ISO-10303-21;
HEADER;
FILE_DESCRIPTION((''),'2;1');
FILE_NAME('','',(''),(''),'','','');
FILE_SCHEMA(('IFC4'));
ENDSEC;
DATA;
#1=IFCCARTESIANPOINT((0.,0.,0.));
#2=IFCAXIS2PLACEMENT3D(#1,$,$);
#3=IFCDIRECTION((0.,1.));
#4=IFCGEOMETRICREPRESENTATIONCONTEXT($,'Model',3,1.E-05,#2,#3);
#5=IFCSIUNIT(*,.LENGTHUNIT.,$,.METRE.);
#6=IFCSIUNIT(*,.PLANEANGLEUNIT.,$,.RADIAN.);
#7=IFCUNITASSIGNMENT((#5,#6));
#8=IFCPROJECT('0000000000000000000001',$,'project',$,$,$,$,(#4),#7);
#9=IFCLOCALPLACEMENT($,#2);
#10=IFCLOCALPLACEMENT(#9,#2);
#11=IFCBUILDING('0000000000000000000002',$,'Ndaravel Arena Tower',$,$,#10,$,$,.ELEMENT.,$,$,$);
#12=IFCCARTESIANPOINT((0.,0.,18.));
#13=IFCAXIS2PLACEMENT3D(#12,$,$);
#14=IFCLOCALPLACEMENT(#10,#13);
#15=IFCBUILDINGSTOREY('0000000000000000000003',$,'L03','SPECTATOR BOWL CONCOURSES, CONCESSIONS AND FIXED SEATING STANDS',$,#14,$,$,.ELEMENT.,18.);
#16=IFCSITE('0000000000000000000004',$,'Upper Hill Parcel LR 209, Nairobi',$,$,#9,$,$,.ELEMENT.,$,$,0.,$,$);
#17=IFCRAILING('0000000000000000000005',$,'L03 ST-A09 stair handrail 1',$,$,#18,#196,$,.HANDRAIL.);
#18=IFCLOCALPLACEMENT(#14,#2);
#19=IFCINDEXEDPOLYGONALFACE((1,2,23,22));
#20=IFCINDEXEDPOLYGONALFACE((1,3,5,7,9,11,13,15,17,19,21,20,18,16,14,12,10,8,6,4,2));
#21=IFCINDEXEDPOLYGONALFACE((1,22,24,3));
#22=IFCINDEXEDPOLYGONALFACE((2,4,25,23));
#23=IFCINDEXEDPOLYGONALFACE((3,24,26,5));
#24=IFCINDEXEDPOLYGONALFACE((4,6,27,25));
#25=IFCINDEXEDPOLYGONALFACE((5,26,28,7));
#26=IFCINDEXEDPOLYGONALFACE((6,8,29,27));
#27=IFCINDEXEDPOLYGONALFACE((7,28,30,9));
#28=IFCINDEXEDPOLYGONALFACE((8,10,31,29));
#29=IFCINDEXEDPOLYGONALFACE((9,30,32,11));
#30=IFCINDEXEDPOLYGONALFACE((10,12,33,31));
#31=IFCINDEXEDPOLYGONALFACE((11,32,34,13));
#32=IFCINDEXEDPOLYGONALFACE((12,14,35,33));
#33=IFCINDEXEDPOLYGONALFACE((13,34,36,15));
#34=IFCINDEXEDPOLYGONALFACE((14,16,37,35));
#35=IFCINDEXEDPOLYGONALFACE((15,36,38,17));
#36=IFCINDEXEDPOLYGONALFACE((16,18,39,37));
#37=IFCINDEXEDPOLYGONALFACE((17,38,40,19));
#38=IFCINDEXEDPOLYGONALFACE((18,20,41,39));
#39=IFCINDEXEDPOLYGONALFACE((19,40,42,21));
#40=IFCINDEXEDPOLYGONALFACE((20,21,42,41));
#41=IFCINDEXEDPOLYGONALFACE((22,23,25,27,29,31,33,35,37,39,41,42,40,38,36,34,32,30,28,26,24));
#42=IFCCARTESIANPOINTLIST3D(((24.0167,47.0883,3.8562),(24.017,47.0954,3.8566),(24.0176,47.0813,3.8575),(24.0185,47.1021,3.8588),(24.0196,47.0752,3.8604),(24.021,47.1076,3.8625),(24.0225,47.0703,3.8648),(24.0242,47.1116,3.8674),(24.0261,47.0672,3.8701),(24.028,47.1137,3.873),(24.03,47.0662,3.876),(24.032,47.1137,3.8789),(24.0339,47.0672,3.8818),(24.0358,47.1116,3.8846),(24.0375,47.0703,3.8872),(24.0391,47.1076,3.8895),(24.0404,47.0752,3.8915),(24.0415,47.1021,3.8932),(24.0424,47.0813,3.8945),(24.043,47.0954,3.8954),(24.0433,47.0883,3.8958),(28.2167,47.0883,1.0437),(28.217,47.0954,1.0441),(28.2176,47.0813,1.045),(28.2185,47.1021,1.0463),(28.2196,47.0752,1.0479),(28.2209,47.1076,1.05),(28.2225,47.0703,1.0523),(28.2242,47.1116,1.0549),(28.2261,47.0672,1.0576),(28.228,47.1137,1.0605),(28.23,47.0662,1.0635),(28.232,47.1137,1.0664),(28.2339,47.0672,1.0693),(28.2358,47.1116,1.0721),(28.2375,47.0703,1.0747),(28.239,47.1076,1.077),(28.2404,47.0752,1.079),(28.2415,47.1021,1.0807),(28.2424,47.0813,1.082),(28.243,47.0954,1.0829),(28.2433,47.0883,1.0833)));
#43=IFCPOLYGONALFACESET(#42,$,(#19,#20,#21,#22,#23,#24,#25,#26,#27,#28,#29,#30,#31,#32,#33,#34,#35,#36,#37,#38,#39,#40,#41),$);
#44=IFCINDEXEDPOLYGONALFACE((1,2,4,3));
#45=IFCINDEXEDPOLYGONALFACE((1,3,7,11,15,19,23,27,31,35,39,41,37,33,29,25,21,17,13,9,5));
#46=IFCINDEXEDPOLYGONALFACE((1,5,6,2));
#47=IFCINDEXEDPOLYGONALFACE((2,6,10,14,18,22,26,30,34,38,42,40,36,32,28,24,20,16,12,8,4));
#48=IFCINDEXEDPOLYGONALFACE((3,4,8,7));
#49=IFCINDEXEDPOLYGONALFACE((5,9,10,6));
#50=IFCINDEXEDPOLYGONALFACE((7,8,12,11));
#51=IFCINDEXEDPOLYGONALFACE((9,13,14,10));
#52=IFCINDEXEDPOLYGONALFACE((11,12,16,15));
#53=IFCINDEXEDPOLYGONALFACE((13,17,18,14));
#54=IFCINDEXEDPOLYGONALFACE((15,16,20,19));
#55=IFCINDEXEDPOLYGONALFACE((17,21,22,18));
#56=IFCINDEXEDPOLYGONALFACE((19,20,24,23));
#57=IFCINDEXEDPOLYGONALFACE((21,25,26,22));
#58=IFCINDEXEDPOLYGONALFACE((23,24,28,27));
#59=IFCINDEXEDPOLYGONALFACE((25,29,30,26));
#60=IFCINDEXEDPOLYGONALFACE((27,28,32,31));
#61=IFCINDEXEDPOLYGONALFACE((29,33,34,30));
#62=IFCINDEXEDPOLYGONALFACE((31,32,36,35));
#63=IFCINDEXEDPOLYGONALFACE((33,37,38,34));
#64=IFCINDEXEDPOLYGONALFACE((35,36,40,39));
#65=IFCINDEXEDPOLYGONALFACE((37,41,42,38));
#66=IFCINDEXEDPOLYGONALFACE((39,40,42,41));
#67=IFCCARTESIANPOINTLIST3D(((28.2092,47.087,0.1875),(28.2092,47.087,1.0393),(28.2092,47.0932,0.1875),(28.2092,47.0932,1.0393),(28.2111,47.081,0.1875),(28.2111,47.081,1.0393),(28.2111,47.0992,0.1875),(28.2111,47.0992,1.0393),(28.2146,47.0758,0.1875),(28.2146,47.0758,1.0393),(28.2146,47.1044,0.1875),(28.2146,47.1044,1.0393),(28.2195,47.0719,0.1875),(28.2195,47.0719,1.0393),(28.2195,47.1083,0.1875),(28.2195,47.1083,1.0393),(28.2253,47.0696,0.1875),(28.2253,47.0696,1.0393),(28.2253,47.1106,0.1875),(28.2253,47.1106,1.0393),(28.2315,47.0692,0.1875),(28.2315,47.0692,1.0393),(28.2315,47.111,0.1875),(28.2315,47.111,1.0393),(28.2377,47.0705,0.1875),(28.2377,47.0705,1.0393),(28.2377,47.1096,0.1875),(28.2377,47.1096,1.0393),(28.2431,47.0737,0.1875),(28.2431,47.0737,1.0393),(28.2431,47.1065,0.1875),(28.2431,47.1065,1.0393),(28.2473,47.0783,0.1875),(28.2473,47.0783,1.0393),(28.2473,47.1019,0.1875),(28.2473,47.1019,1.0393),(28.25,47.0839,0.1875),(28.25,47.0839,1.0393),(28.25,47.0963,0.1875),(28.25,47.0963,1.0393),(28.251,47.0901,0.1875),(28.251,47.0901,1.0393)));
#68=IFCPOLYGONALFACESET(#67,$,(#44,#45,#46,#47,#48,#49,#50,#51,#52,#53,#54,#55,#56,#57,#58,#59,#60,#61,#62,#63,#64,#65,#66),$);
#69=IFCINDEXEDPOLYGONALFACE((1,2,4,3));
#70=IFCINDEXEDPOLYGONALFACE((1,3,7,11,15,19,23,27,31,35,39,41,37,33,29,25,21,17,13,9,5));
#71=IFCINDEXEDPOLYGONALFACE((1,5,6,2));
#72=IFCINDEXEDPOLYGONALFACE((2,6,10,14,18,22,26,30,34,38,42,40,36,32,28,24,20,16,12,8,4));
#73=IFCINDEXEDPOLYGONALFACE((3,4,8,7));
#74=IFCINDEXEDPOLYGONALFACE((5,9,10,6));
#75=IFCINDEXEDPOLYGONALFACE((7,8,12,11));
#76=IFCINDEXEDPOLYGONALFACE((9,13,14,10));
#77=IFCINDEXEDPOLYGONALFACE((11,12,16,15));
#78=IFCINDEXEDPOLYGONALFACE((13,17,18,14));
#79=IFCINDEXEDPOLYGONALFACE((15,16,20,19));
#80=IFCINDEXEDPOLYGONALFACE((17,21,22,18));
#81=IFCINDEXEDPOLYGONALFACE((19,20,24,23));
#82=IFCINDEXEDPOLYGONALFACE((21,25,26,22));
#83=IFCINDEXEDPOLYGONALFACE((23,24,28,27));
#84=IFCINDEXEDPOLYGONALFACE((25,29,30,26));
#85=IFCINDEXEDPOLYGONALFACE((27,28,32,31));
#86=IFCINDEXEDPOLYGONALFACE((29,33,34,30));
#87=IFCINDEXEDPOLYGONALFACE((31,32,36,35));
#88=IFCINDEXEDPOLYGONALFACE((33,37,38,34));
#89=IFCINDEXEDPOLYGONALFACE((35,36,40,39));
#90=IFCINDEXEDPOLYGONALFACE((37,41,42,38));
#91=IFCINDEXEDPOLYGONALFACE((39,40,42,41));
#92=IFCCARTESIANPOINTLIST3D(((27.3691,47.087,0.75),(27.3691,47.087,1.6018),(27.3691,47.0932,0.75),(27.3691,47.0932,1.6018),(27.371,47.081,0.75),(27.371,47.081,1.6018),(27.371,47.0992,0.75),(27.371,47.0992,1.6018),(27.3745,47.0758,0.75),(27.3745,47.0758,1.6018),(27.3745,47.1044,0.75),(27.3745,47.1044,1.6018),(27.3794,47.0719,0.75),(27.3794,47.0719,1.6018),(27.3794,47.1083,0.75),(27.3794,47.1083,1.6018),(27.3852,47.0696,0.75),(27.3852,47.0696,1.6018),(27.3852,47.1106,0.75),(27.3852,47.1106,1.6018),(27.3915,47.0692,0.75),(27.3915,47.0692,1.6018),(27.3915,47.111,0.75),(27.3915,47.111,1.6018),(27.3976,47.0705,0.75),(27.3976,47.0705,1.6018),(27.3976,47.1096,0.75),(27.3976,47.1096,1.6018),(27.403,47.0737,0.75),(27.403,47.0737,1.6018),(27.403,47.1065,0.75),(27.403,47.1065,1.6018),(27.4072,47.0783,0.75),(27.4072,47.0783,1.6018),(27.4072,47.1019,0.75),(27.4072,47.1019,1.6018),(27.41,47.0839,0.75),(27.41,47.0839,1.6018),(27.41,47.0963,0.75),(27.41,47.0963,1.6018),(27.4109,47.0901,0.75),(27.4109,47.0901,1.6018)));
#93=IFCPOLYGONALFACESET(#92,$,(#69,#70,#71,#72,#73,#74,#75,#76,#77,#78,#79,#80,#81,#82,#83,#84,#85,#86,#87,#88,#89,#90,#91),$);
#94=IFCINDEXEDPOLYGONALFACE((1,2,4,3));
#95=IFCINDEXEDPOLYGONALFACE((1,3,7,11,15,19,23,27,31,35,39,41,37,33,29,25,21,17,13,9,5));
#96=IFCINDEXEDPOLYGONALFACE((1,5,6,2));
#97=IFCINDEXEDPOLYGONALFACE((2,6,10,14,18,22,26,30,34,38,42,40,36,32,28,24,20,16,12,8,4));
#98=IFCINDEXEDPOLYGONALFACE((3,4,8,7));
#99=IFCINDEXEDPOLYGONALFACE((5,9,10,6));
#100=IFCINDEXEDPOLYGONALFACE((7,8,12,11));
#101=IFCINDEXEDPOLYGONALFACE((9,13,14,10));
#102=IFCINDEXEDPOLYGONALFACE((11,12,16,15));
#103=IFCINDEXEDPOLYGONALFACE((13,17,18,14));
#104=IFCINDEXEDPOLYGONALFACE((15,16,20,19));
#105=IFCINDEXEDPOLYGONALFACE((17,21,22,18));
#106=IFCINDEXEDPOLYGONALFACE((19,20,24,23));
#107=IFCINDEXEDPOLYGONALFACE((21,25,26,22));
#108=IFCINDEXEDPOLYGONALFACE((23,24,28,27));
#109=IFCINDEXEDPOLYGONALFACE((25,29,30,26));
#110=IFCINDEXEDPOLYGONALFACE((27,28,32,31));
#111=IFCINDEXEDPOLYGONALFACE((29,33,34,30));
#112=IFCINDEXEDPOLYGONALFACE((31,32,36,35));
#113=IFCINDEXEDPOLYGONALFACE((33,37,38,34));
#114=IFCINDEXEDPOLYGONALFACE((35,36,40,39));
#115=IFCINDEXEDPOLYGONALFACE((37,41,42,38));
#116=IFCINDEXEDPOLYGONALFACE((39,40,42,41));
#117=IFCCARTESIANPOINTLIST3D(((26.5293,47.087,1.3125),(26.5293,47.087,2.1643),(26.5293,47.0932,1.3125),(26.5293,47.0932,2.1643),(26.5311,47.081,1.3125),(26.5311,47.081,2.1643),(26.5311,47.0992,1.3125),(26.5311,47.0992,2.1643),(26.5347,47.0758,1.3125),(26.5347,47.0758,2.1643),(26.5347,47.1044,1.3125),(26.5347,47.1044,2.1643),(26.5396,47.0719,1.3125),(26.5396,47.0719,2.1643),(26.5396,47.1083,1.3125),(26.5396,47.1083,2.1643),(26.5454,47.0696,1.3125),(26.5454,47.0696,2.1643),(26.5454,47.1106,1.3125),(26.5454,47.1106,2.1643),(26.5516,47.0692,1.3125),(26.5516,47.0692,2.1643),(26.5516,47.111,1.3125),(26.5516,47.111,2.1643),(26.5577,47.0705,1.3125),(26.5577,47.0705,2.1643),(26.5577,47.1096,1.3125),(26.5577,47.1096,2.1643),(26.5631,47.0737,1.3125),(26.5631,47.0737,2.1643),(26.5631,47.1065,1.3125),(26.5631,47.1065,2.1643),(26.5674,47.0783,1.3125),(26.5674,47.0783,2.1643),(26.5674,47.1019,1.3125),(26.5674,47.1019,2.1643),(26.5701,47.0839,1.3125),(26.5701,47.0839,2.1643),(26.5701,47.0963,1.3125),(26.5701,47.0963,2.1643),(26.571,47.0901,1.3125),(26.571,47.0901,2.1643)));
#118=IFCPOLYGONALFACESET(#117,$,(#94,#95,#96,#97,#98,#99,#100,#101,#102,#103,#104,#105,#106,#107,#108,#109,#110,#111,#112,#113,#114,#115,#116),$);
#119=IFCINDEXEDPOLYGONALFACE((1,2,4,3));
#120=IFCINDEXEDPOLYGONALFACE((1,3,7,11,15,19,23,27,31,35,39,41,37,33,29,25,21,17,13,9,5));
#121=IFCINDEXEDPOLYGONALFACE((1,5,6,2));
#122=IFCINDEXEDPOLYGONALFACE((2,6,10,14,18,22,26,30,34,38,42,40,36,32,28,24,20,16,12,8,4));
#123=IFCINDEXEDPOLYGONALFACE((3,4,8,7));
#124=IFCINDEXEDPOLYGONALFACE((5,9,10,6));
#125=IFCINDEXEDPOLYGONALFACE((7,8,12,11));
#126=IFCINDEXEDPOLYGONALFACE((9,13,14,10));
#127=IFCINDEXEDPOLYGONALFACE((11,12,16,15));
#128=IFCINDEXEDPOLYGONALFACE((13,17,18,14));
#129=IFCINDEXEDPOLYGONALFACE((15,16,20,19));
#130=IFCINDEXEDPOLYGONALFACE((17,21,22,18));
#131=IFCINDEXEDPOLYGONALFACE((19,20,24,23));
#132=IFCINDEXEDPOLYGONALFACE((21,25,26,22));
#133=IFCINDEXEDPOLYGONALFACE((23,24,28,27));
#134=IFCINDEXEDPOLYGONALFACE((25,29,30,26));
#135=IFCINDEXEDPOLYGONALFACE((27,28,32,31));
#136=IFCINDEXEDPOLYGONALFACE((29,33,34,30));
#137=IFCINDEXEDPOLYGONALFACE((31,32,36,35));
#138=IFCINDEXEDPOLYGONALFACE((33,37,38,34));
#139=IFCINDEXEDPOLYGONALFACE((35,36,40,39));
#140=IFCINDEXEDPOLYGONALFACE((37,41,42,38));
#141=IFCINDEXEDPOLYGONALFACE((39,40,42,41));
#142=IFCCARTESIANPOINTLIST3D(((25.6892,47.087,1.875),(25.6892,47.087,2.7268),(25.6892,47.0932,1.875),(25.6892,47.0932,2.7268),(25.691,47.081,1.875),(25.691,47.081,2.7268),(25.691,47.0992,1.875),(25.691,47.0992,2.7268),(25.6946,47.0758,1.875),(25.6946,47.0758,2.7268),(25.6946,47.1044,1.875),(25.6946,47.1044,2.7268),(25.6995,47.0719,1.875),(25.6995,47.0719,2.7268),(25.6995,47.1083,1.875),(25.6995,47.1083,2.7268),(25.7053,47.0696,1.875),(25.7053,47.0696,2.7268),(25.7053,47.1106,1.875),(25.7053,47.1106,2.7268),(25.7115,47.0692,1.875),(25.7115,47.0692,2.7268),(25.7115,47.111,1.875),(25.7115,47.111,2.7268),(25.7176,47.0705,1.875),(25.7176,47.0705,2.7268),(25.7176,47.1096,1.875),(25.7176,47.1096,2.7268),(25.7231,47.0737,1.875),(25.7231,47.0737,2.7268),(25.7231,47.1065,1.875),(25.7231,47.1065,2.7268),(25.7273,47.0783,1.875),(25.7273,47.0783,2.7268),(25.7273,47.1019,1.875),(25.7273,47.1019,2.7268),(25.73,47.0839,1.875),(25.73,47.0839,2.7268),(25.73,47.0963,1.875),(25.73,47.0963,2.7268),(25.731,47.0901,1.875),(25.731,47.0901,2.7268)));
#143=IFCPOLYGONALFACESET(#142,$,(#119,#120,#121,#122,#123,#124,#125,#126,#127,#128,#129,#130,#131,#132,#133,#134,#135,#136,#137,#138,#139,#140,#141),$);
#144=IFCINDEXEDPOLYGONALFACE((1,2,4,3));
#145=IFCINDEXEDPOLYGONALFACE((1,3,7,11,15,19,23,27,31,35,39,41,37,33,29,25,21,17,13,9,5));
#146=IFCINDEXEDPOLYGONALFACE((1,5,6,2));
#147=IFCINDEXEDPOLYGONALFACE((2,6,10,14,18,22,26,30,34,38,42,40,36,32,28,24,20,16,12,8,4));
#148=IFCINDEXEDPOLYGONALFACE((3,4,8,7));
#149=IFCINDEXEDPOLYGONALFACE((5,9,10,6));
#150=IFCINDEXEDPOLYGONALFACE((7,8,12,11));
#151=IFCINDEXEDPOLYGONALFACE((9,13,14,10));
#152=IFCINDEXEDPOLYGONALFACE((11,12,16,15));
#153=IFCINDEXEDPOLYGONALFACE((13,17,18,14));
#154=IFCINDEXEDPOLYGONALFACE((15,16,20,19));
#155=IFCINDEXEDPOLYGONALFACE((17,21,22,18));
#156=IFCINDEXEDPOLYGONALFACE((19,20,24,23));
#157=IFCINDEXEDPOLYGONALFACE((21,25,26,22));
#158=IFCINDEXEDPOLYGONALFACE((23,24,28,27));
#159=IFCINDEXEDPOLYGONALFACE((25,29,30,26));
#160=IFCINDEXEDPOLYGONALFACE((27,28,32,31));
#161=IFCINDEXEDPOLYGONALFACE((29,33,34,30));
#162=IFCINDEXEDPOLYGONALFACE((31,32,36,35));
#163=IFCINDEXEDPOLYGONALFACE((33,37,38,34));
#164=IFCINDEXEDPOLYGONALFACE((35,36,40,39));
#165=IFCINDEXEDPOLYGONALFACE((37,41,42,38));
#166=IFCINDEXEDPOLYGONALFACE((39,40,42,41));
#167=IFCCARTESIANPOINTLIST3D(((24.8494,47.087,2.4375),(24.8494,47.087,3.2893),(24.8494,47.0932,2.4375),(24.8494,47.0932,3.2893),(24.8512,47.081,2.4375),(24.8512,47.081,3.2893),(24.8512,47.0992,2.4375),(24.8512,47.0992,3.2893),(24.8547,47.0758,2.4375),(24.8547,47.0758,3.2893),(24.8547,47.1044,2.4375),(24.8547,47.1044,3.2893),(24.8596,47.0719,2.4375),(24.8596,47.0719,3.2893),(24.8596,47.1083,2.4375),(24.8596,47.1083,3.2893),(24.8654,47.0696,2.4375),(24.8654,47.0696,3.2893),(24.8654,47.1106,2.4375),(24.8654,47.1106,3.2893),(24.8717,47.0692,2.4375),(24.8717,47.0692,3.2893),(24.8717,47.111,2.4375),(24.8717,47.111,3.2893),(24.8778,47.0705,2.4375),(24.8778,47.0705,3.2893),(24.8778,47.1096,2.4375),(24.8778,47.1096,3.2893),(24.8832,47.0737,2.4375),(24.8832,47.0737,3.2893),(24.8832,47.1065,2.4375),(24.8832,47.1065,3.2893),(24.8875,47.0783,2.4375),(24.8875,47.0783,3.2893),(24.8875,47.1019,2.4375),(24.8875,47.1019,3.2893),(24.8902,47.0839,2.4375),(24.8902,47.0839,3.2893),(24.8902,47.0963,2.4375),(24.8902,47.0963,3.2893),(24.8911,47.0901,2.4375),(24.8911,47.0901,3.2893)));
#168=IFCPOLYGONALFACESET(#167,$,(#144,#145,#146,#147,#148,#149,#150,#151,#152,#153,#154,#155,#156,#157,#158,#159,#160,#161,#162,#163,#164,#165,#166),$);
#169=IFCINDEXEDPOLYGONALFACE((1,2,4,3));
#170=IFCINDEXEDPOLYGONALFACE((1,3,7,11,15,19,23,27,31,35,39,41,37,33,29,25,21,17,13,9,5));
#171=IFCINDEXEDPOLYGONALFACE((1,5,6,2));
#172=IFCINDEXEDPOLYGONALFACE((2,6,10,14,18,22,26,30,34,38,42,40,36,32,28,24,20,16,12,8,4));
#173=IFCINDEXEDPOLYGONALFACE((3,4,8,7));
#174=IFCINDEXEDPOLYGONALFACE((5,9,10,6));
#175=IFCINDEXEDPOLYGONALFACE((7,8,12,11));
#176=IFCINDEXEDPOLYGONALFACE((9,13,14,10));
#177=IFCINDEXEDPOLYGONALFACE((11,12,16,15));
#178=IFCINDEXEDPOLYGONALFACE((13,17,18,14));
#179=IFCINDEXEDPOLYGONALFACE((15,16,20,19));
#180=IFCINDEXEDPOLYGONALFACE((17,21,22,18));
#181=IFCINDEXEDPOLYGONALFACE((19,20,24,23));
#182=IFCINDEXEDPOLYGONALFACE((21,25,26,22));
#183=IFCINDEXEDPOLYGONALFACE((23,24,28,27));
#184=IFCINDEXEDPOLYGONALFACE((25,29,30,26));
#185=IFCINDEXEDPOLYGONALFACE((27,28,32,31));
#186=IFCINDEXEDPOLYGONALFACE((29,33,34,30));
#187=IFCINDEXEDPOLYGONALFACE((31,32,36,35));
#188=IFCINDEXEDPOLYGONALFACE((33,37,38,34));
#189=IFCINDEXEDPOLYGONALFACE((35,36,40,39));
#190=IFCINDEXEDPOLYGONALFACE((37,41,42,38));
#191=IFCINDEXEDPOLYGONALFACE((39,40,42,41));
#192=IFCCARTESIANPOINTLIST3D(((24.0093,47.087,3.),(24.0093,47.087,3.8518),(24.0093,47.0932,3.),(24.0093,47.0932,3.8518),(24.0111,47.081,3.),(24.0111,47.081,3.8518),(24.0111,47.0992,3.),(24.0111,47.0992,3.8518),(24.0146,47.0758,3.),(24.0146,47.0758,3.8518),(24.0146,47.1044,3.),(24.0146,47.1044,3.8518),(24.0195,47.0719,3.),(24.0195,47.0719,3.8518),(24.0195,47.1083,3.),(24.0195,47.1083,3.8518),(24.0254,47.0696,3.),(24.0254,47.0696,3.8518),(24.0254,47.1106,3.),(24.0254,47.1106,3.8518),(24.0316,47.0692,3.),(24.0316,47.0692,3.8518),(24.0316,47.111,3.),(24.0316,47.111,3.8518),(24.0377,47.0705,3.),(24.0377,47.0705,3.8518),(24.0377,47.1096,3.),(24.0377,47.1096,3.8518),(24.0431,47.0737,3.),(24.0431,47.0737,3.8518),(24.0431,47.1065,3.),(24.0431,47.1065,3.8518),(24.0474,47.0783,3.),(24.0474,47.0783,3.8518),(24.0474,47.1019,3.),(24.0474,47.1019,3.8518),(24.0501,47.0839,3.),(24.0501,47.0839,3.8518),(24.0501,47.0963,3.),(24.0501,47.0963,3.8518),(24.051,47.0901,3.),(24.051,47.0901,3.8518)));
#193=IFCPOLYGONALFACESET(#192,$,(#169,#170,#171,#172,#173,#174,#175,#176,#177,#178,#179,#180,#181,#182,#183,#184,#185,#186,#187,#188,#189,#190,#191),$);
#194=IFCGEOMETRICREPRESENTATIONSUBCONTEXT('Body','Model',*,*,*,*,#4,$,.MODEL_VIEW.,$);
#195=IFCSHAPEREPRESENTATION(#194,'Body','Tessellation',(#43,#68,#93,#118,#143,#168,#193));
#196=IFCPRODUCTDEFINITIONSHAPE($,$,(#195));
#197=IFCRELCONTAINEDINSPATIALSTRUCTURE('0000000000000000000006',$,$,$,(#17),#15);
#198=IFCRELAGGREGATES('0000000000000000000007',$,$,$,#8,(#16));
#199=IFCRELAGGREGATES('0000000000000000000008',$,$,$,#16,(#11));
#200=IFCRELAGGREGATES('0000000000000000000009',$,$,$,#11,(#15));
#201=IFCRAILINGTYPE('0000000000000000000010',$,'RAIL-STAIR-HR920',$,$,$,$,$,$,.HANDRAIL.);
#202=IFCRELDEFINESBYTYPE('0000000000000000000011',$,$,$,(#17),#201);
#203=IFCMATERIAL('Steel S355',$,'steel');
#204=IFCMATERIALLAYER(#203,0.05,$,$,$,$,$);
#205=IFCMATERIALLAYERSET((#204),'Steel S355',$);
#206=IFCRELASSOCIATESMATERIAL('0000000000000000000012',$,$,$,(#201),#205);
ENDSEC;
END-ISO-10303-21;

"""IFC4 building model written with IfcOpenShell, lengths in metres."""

from ifc_helpers import new_model, si_unit, direction, frame, origin, origin_2d, place, context, subcontext, project, spatial, circle, extrude, material, layer, layer_set, type_object, element, save


model = new_model("IFC4")

# Units and contexts
model_context = context("Model", 3, precision=1e-05, world=origin(), true_north=direction((0.0, 1.0)))
body_context = subcontext(model_context, "Body", "Model", "MODEL_VIEW")
ifc_project = project(units=[si_unit("LENGTHUNIT", "METRE"), si_unit("PLANEANGLEUNIT", "RADIAN")], contexts=[model_context])

# Site, building, storey
site_placement = place(None, origin())
site = spatial("IfcSite", under=ifc_project, at=site_placement, Name="Upper Hill Parcel LR 209, Nairobi", CompositionType="ELEMENT", RefElevation=0.0)
building_placement = place(site_placement, origin())
building = spatial("IfcBuilding", under=site, at=building_placement, Name="Ndaravel Arena Tower", CompositionType="ELEMENT")
storey_placement = place(building_placement, frame((0.0, 0.0, 18.0)))
storey = spatial("IfcBuildingStorey", under=building, at=storey_placement, Name="L03", Description="SPECTATOR BOWL CONCOURSES, CONCESSIONS AND FIXED SEATING STANDS", CompositionType="ELEMENT", Elevation=18.0)

# Railing
ifc_material_1 = material(Name="Steel S355", Category="steel")
ifc_layer_1 = layer(ifc_material_1, 0.05)
ifc_layer_set_1 = layer_set([ifc_layer_1], Name="Steel S355")
railing_type_1 = type_object("IfcRailingType", Name="RAIL-STAIR-HR920", PredefinedType="HANDRAIL", material=ifc_layer_set_1)
railing_1_placement = place(storey_placement, frame((28.23, 47.0901, 0.1875)))
element("IfcRailing", 1, at=railing_1_placement, inside=storey, type_object=railing_type_1, Name="L03 ST-A09 stair handrail 1", PredefinedType="HANDRAIL", context=body_context, shape_type="SweptSolid", body=[
    extrude(circle(Radius=0.0239, at=origin_2d()), frame((0.0, 0.0, 0.876), z_axis=(-0.830904, 0.0, 0.556416), x_axis=(0.0, -1.0, 0.0)), (0.0, 0.0, 1.0), 5.0547),
    extrude(circle(Radius=0.021, at=origin_2d()), origin(), (0.0, 0.0, 1.0), 0.8518),
    extrude(circle(Radius=0.021, at=origin_2d()), frame((-0.8401, 0.0, 0.5625)), (0.0, 0.0, 1.0), 0.8518),
    extrude(circle(Radius=0.021, at=origin_2d()), frame((-1.6799, 0.0, 1.125)), (0.0, 0.0, 1.0), 0.8518),
    extrude(circle(Radius=0.021, at=origin_2d()), frame((-2.52, 0.0, 1.6875)), (0.0, 0.0, 1.0), 0.8518),
    extrude(circle(Radius=0.021, at=origin_2d()), frame((-3.3599, 0.0, 2.25)), (0.0, 0.0, 1.0), 0.8518),
    extrude(circle(Radius=0.021, at=origin_2d()), frame((-4.2, 0.0, 2.8125)), (0.0, 0.0, 1.0), 0.8518),
])

save(model, "model.ifc")
